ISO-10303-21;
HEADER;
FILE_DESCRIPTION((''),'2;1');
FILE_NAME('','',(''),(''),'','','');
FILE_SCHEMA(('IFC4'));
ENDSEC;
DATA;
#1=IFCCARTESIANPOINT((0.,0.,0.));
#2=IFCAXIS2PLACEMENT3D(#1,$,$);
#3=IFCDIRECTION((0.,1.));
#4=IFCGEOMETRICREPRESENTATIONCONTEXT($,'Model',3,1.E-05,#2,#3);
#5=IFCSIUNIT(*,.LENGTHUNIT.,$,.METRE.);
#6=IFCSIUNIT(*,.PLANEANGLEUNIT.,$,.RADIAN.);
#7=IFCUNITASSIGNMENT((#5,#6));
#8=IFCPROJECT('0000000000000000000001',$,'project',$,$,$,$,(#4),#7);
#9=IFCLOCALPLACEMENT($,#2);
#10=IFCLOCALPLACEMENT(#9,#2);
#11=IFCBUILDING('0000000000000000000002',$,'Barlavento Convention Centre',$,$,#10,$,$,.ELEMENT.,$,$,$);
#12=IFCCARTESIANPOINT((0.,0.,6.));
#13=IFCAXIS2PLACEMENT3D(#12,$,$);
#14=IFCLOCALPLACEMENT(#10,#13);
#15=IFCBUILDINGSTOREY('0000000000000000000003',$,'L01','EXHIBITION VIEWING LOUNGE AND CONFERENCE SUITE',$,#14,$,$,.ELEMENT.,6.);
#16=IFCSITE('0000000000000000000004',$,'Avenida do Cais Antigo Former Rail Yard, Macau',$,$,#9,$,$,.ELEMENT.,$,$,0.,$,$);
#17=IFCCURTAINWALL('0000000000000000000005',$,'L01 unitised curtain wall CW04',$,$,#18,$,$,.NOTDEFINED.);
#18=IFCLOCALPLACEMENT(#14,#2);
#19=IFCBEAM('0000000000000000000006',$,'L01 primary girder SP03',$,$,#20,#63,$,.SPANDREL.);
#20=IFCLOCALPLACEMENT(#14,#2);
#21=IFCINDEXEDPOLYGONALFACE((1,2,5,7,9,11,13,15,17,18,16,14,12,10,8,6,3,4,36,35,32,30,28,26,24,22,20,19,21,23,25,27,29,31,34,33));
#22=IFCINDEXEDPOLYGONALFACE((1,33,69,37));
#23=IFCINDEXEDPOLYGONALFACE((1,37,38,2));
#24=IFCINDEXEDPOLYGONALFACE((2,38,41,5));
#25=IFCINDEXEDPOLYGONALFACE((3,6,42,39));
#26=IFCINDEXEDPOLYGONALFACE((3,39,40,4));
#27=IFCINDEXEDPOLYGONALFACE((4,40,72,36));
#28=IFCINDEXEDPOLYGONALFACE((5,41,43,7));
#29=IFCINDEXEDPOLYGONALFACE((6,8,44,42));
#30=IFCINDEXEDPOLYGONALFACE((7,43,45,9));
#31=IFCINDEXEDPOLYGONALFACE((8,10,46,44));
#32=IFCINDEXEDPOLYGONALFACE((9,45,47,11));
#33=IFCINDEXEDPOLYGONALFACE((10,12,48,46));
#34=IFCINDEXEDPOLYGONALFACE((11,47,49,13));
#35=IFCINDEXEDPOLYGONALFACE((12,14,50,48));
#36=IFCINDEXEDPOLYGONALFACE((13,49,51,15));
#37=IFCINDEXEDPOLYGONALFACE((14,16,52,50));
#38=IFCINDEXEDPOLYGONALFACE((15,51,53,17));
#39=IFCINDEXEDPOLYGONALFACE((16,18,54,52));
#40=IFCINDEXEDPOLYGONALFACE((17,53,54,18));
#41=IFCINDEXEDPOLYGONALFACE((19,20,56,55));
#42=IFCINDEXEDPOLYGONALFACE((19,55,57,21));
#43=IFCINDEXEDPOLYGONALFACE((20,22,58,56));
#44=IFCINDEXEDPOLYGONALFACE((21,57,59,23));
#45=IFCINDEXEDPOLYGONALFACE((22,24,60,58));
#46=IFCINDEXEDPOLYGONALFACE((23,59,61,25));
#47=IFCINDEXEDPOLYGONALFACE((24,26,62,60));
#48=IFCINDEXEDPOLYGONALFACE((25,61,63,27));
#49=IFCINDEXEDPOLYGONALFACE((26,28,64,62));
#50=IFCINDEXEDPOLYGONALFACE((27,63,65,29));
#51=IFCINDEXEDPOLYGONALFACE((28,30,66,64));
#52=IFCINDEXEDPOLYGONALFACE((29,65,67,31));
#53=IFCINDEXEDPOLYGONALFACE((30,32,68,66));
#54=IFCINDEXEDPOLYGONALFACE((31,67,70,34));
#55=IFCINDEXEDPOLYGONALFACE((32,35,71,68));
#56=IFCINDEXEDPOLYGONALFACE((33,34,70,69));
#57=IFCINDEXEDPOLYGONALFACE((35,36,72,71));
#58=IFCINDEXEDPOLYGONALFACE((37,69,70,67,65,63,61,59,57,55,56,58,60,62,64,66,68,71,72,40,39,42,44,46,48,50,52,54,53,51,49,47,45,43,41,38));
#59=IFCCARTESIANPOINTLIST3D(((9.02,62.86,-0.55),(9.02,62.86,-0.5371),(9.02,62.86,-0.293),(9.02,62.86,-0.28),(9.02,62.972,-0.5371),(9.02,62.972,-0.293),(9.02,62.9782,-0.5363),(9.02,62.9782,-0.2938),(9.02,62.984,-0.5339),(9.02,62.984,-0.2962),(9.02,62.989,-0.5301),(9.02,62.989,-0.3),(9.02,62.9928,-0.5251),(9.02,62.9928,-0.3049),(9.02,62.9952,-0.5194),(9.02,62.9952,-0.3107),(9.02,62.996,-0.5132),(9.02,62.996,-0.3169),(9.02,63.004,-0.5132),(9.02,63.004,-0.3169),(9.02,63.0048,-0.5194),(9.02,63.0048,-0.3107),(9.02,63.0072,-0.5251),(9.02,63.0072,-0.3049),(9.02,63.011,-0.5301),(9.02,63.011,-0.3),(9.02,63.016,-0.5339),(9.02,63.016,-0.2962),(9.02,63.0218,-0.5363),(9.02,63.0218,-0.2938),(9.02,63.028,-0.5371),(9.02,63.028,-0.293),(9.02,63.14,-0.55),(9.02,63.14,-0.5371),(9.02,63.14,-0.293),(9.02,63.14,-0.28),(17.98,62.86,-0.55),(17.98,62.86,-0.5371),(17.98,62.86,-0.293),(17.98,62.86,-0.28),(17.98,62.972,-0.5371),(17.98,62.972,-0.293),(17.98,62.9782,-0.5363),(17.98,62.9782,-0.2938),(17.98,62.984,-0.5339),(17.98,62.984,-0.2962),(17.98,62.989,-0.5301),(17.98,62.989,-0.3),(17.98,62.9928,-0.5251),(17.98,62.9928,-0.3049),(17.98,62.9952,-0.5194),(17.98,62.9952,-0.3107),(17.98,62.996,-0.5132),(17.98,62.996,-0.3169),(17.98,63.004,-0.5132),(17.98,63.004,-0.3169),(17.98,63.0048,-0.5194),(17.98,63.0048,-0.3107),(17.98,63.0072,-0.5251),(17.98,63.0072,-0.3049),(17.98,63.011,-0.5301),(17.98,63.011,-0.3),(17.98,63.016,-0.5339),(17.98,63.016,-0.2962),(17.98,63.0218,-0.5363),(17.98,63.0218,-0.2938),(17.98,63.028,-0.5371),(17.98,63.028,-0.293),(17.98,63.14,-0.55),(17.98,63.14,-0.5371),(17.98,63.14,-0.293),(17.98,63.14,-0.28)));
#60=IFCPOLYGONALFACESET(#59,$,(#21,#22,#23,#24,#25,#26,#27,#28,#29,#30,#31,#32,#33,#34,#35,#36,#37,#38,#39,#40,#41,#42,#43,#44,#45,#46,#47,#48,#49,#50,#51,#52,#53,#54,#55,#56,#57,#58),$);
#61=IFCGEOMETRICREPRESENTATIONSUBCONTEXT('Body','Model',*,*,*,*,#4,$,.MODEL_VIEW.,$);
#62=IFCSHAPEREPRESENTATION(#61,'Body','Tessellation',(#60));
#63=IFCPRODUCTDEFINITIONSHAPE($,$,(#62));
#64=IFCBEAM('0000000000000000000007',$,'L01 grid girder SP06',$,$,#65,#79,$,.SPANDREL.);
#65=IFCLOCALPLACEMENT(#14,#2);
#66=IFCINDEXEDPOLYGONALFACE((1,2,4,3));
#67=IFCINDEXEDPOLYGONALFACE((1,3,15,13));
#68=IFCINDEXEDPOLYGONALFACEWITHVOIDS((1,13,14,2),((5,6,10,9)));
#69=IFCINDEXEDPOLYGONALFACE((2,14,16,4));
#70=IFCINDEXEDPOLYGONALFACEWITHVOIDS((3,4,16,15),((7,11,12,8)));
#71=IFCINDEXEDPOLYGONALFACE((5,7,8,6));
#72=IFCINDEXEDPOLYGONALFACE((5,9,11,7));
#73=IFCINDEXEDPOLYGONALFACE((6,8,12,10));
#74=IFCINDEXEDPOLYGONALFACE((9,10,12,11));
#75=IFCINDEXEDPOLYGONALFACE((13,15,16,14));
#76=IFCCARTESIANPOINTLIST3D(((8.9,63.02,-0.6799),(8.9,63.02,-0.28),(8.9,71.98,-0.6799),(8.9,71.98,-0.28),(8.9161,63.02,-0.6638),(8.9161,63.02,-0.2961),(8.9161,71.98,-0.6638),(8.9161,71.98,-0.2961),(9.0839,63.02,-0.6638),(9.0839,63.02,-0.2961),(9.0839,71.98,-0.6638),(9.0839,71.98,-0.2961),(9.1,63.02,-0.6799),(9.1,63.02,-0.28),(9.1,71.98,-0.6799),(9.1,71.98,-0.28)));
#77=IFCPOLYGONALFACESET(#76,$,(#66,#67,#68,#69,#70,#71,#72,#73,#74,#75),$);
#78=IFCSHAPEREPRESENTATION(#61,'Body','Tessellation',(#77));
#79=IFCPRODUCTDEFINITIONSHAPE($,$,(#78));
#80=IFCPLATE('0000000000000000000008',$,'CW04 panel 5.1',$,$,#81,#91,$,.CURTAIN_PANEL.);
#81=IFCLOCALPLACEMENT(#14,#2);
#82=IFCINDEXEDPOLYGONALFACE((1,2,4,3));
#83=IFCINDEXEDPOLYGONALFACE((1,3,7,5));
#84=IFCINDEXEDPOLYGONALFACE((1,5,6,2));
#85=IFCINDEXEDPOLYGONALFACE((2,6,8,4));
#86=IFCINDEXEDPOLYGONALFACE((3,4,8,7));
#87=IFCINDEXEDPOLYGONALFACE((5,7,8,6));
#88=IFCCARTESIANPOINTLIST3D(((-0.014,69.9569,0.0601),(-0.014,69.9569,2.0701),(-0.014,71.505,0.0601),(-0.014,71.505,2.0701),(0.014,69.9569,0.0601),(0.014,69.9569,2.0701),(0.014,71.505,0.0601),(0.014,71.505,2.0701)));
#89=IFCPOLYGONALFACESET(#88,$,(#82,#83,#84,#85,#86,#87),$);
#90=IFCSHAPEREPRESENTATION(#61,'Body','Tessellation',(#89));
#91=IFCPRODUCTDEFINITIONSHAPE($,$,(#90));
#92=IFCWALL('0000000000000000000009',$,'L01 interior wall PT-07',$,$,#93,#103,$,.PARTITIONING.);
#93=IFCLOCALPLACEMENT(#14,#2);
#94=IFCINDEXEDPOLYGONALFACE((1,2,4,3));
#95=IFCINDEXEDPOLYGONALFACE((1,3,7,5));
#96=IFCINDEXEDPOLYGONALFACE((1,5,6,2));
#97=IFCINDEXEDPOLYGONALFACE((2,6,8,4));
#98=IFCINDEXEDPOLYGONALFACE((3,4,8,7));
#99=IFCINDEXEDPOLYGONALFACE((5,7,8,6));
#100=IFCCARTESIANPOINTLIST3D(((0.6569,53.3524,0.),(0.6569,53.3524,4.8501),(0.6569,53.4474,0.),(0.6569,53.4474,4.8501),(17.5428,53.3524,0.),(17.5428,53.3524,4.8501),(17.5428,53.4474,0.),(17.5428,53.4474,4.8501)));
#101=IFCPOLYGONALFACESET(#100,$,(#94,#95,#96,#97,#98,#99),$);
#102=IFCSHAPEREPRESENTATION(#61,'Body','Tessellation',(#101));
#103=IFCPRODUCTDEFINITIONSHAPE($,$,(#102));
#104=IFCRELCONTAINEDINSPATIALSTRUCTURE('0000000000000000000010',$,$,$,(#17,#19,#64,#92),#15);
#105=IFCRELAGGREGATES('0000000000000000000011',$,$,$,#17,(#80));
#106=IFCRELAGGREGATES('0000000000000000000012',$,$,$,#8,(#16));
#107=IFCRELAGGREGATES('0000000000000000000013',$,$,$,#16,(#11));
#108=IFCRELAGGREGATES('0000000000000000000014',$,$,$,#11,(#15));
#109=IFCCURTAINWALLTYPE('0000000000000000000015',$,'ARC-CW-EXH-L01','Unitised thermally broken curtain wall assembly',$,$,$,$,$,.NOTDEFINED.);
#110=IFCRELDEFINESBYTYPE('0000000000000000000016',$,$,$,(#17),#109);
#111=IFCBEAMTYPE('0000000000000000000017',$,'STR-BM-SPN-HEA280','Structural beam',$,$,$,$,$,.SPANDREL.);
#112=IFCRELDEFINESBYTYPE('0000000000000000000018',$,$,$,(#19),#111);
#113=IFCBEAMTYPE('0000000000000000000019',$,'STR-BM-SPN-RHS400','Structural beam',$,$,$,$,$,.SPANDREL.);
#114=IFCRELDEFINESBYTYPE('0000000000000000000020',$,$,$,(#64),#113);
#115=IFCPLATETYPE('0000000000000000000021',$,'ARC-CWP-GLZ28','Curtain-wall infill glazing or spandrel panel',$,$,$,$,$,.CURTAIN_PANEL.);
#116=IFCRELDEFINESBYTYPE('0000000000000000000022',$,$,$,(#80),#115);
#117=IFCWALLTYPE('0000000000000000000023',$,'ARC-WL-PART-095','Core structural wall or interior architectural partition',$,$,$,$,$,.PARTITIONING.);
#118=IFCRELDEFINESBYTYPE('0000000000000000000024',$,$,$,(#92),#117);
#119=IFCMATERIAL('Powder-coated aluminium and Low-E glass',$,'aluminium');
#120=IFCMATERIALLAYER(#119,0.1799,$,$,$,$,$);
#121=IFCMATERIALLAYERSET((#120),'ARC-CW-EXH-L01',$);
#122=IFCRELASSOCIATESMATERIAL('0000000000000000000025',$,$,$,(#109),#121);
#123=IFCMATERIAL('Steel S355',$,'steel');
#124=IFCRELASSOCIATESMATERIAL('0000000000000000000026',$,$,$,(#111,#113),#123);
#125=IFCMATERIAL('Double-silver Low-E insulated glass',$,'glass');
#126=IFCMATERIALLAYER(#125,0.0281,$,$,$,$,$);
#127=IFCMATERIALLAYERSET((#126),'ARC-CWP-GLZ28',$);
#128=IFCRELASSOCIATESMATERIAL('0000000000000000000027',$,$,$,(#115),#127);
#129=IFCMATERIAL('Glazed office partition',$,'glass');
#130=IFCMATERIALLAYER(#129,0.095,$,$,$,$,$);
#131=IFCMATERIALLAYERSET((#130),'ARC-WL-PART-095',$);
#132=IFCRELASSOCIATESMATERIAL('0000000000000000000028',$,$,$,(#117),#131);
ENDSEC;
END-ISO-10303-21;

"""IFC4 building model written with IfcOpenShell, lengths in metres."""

from ifc_helpers import new_model, si_unit, direction, frame, frame_2d, origin, origin_2d, place, context, subcontext, project, spatial, rectangle, hollow_rectangle, i_section, extrude, material, layer, layer_set, material_profile, profile_set, type_object, element, aggregate, save


model = new_model("IFC4")

# Units and contexts
model_context = context("Model", 3, precision=1e-05, world=origin(), true_north=direction((0.0, 1.0)))
body_context = subcontext(model_context, "Body", "Model", "MODEL_VIEW")
ifc_project = project(units=[si_unit("LENGTHUNIT", "METRE"), si_unit("PLANEANGLEUNIT", "RADIAN")], contexts=[model_context])

# Site, building, storey
site_placement = place(None, origin())
site = spatial("IfcSite", under=ifc_project, at=site_placement, Name="Avenida do Cais Antigo Former Rail Yard, Macau", CompositionType="ELEMENT", RefElevation=0.0)
building_placement = place(site_placement, origin())
building = spatial("IfcBuilding", under=site, at=building_placement, Name="Barlavento Convention Centre", CompositionType="ELEMENT")
storey_placement = place(building_placement, frame((0.0, 0.0, 6.0)))
storey = spatial("IfcBuildingStorey", under=building, at=storey_placement, Name="L01", Description="EXHIBITION VIEWING LOUNGE AND CONFERENCE SUITE", CompositionType="ELEMENT", Elevation=6.0)

# Shared definitions
ifc_material_1 = material(Name="Steel S355", Category="steel")

# Curtain wall
ifc_material_2 = material(Name="Powder-coated aluminium and Low-E glass", Category="aluminium")
ifc_layer_1 = layer(ifc_material_2, 0.1799)
ifc_layer_set_1 = layer_set([ifc_layer_1], Name="ARC-CW-EXH-L01")
curtain_wall_type = type_object("IfcCurtainWallType", Name="ARC-CW-EXH-L01", Description="Unitised thermally broken curtain wall assembly", PredefinedType="NOTDEFINED", material=ifc_layer_set_1)
curtain_wall_placement = place(storey_placement, origin())
curtain_wall = element("IfcCurtainWall", 1, at=curtain_wall_placement, inside=storey, type_object=curtain_wall_type, Name="L01 unitised curtain wall CW04", PredefinedType="NOTDEFINED")

# Beams
ifc_material_profile_1 = material_profile(ifc_material_1, i_section(OverallWidth=0.28, OverallDepth=0.27, WebThickness=0.0081, FlangeThickness=0.0129, FilletRadius=0.0239, at=origin_2d()), Name="HEA 280")
ifc_profile_set_1 = profile_set([ifc_material_profile_1], Name="Steel S355")
beam_type_1 = type_object("IfcBeamType", Name="STR-BM-SPN-HEA280", Description="Structural beam", PredefinedType="SPANDREL", material=ifc_profile_set_1)
beam_1_placement = place(storey_placement, frame((9.02, 63.0, -0.415), z_axis=(1.0, 0.0, 0.0), x_axis=(0.0, 1.0, 0.0)))
element("IfcBeam", 2, at=beam_1_placement, inside=storey, type_object=beam_type_1, Name="L01 primary girder SP03", PredefinedType="SPANDREL", context=body_context, shape_type="SweptSolid", body=[
    extrude(i_section(OverallWidth=0.28, OverallDepth=0.27, WebThickness=0.0081, FlangeThickness=0.0129, FilletRadius=0.0239, at=origin_2d()), origin(), (0.0, 0.0, 1.0), 8.96),
])
ifc_material_profile_2 = material_profile(ifc_material_1, hollow_rectangle(XDim=0.2, YDim=0.3999, WallThickness=0.0161, at=origin_2d()), Name="RHS 400x200x16.0")
ifc_profile_set_2 = profile_set([ifc_material_profile_2], Name="Steel S355")
beam_type_2 = type_object("IfcBeamType", Name="STR-BM-SPN-RHS400", Description="Structural beam", PredefinedType="SPANDREL", material=ifc_profile_set_2)
beam_2_placement = place(storey_placement, frame((9.0, 63.02, -0.48), z_axis=(0.0, 1.0, 0.0), x_axis=(-1.0, 0.0, 0.0)))
element("IfcBeam", 3, at=beam_2_placement, inside=storey, type_object=beam_type_2, Name="L01 grid girder SP06", PredefinedType="SPANDREL", context=body_context, shape_type="SweptSolid", body=[
    extrude(hollow_rectangle(XDim=0.2, YDim=0.3999, WallThickness=0.0161, at=origin_2d()), origin(), (0.0, 0.0, 1.0), 8.96),
])

# Plate
ifc_material_3 = material(Name="Double-silver Low-E insulated glass", Category="glass")
ifc_layer_2 = layer(ifc_material_3, 0.0281)
ifc_layer_set_2 = layer_set([ifc_layer_2], Name="ARC-CWP-GLZ28")
plate_type = type_object("IfcPlateType", Name="ARC-CWP-GLZ28", Description="Curtain-wall infill glazing or spandrel panel", PredefinedType="CURTAIN_PANEL", material=ifc_layer_set_2)
plate_placement = place(storey_placement, frame((0.0, 70.731, 0.0601), z_axis=(0.0, 0.0, 1.0), x_axis=(0.0, 1.0, 0.0)))
plate = element("IfcPlate", 4, at=plate_placement, type_object=plate_type, Name="CW04 panel 5.1", PredefinedType="CURTAIN_PANEL", context=body_context, shape_type="SweptSolid", body=[
    extrude(rectangle(XDim=1.5481, YDim=0.0281, at=origin_2d()), origin(), (0.0, 0.0, 1.0), 2.01),
])
aggregate(curtain_wall, [plate])

# Wall
ifc_material_4 = material(Name="Glazed office partition", Category="glass")
ifc_layer_3 = layer(ifc_material_4, 0.095)
ifc_layer_set_3 = layer_set([ifc_layer_3], Name="ARC-WL-PART-095")
wall_type = type_object("IfcWallType", Name="ARC-WL-PART-095", Description="Core structural wall or interior architectural partition", PredefinedType="PARTITIONING", material=ifc_layer_set_3)
wall_placement = place(storey_placement, frame((0.657, 53.3999, 0.0), z_axis=(0.0, 0.0, 1.0), x_axis=(1.0, 0.0, 0.0)))
element("IfcWall", 5, at=wall_placement, inside=storey, type_object=wall_type, Name="L01 interior wall PT-07", PredefinedType="PARTITIONING", context=body_context, shape_type="SweptSolid", body=[
    extrude(rectangle(XDim=16.886, YDim=0.095, at=frame_2d((8.4429, 0.0))), origin(), (0.0, 0.0, 1.0), 4.8501),
])

save(model, "model.ifc")
